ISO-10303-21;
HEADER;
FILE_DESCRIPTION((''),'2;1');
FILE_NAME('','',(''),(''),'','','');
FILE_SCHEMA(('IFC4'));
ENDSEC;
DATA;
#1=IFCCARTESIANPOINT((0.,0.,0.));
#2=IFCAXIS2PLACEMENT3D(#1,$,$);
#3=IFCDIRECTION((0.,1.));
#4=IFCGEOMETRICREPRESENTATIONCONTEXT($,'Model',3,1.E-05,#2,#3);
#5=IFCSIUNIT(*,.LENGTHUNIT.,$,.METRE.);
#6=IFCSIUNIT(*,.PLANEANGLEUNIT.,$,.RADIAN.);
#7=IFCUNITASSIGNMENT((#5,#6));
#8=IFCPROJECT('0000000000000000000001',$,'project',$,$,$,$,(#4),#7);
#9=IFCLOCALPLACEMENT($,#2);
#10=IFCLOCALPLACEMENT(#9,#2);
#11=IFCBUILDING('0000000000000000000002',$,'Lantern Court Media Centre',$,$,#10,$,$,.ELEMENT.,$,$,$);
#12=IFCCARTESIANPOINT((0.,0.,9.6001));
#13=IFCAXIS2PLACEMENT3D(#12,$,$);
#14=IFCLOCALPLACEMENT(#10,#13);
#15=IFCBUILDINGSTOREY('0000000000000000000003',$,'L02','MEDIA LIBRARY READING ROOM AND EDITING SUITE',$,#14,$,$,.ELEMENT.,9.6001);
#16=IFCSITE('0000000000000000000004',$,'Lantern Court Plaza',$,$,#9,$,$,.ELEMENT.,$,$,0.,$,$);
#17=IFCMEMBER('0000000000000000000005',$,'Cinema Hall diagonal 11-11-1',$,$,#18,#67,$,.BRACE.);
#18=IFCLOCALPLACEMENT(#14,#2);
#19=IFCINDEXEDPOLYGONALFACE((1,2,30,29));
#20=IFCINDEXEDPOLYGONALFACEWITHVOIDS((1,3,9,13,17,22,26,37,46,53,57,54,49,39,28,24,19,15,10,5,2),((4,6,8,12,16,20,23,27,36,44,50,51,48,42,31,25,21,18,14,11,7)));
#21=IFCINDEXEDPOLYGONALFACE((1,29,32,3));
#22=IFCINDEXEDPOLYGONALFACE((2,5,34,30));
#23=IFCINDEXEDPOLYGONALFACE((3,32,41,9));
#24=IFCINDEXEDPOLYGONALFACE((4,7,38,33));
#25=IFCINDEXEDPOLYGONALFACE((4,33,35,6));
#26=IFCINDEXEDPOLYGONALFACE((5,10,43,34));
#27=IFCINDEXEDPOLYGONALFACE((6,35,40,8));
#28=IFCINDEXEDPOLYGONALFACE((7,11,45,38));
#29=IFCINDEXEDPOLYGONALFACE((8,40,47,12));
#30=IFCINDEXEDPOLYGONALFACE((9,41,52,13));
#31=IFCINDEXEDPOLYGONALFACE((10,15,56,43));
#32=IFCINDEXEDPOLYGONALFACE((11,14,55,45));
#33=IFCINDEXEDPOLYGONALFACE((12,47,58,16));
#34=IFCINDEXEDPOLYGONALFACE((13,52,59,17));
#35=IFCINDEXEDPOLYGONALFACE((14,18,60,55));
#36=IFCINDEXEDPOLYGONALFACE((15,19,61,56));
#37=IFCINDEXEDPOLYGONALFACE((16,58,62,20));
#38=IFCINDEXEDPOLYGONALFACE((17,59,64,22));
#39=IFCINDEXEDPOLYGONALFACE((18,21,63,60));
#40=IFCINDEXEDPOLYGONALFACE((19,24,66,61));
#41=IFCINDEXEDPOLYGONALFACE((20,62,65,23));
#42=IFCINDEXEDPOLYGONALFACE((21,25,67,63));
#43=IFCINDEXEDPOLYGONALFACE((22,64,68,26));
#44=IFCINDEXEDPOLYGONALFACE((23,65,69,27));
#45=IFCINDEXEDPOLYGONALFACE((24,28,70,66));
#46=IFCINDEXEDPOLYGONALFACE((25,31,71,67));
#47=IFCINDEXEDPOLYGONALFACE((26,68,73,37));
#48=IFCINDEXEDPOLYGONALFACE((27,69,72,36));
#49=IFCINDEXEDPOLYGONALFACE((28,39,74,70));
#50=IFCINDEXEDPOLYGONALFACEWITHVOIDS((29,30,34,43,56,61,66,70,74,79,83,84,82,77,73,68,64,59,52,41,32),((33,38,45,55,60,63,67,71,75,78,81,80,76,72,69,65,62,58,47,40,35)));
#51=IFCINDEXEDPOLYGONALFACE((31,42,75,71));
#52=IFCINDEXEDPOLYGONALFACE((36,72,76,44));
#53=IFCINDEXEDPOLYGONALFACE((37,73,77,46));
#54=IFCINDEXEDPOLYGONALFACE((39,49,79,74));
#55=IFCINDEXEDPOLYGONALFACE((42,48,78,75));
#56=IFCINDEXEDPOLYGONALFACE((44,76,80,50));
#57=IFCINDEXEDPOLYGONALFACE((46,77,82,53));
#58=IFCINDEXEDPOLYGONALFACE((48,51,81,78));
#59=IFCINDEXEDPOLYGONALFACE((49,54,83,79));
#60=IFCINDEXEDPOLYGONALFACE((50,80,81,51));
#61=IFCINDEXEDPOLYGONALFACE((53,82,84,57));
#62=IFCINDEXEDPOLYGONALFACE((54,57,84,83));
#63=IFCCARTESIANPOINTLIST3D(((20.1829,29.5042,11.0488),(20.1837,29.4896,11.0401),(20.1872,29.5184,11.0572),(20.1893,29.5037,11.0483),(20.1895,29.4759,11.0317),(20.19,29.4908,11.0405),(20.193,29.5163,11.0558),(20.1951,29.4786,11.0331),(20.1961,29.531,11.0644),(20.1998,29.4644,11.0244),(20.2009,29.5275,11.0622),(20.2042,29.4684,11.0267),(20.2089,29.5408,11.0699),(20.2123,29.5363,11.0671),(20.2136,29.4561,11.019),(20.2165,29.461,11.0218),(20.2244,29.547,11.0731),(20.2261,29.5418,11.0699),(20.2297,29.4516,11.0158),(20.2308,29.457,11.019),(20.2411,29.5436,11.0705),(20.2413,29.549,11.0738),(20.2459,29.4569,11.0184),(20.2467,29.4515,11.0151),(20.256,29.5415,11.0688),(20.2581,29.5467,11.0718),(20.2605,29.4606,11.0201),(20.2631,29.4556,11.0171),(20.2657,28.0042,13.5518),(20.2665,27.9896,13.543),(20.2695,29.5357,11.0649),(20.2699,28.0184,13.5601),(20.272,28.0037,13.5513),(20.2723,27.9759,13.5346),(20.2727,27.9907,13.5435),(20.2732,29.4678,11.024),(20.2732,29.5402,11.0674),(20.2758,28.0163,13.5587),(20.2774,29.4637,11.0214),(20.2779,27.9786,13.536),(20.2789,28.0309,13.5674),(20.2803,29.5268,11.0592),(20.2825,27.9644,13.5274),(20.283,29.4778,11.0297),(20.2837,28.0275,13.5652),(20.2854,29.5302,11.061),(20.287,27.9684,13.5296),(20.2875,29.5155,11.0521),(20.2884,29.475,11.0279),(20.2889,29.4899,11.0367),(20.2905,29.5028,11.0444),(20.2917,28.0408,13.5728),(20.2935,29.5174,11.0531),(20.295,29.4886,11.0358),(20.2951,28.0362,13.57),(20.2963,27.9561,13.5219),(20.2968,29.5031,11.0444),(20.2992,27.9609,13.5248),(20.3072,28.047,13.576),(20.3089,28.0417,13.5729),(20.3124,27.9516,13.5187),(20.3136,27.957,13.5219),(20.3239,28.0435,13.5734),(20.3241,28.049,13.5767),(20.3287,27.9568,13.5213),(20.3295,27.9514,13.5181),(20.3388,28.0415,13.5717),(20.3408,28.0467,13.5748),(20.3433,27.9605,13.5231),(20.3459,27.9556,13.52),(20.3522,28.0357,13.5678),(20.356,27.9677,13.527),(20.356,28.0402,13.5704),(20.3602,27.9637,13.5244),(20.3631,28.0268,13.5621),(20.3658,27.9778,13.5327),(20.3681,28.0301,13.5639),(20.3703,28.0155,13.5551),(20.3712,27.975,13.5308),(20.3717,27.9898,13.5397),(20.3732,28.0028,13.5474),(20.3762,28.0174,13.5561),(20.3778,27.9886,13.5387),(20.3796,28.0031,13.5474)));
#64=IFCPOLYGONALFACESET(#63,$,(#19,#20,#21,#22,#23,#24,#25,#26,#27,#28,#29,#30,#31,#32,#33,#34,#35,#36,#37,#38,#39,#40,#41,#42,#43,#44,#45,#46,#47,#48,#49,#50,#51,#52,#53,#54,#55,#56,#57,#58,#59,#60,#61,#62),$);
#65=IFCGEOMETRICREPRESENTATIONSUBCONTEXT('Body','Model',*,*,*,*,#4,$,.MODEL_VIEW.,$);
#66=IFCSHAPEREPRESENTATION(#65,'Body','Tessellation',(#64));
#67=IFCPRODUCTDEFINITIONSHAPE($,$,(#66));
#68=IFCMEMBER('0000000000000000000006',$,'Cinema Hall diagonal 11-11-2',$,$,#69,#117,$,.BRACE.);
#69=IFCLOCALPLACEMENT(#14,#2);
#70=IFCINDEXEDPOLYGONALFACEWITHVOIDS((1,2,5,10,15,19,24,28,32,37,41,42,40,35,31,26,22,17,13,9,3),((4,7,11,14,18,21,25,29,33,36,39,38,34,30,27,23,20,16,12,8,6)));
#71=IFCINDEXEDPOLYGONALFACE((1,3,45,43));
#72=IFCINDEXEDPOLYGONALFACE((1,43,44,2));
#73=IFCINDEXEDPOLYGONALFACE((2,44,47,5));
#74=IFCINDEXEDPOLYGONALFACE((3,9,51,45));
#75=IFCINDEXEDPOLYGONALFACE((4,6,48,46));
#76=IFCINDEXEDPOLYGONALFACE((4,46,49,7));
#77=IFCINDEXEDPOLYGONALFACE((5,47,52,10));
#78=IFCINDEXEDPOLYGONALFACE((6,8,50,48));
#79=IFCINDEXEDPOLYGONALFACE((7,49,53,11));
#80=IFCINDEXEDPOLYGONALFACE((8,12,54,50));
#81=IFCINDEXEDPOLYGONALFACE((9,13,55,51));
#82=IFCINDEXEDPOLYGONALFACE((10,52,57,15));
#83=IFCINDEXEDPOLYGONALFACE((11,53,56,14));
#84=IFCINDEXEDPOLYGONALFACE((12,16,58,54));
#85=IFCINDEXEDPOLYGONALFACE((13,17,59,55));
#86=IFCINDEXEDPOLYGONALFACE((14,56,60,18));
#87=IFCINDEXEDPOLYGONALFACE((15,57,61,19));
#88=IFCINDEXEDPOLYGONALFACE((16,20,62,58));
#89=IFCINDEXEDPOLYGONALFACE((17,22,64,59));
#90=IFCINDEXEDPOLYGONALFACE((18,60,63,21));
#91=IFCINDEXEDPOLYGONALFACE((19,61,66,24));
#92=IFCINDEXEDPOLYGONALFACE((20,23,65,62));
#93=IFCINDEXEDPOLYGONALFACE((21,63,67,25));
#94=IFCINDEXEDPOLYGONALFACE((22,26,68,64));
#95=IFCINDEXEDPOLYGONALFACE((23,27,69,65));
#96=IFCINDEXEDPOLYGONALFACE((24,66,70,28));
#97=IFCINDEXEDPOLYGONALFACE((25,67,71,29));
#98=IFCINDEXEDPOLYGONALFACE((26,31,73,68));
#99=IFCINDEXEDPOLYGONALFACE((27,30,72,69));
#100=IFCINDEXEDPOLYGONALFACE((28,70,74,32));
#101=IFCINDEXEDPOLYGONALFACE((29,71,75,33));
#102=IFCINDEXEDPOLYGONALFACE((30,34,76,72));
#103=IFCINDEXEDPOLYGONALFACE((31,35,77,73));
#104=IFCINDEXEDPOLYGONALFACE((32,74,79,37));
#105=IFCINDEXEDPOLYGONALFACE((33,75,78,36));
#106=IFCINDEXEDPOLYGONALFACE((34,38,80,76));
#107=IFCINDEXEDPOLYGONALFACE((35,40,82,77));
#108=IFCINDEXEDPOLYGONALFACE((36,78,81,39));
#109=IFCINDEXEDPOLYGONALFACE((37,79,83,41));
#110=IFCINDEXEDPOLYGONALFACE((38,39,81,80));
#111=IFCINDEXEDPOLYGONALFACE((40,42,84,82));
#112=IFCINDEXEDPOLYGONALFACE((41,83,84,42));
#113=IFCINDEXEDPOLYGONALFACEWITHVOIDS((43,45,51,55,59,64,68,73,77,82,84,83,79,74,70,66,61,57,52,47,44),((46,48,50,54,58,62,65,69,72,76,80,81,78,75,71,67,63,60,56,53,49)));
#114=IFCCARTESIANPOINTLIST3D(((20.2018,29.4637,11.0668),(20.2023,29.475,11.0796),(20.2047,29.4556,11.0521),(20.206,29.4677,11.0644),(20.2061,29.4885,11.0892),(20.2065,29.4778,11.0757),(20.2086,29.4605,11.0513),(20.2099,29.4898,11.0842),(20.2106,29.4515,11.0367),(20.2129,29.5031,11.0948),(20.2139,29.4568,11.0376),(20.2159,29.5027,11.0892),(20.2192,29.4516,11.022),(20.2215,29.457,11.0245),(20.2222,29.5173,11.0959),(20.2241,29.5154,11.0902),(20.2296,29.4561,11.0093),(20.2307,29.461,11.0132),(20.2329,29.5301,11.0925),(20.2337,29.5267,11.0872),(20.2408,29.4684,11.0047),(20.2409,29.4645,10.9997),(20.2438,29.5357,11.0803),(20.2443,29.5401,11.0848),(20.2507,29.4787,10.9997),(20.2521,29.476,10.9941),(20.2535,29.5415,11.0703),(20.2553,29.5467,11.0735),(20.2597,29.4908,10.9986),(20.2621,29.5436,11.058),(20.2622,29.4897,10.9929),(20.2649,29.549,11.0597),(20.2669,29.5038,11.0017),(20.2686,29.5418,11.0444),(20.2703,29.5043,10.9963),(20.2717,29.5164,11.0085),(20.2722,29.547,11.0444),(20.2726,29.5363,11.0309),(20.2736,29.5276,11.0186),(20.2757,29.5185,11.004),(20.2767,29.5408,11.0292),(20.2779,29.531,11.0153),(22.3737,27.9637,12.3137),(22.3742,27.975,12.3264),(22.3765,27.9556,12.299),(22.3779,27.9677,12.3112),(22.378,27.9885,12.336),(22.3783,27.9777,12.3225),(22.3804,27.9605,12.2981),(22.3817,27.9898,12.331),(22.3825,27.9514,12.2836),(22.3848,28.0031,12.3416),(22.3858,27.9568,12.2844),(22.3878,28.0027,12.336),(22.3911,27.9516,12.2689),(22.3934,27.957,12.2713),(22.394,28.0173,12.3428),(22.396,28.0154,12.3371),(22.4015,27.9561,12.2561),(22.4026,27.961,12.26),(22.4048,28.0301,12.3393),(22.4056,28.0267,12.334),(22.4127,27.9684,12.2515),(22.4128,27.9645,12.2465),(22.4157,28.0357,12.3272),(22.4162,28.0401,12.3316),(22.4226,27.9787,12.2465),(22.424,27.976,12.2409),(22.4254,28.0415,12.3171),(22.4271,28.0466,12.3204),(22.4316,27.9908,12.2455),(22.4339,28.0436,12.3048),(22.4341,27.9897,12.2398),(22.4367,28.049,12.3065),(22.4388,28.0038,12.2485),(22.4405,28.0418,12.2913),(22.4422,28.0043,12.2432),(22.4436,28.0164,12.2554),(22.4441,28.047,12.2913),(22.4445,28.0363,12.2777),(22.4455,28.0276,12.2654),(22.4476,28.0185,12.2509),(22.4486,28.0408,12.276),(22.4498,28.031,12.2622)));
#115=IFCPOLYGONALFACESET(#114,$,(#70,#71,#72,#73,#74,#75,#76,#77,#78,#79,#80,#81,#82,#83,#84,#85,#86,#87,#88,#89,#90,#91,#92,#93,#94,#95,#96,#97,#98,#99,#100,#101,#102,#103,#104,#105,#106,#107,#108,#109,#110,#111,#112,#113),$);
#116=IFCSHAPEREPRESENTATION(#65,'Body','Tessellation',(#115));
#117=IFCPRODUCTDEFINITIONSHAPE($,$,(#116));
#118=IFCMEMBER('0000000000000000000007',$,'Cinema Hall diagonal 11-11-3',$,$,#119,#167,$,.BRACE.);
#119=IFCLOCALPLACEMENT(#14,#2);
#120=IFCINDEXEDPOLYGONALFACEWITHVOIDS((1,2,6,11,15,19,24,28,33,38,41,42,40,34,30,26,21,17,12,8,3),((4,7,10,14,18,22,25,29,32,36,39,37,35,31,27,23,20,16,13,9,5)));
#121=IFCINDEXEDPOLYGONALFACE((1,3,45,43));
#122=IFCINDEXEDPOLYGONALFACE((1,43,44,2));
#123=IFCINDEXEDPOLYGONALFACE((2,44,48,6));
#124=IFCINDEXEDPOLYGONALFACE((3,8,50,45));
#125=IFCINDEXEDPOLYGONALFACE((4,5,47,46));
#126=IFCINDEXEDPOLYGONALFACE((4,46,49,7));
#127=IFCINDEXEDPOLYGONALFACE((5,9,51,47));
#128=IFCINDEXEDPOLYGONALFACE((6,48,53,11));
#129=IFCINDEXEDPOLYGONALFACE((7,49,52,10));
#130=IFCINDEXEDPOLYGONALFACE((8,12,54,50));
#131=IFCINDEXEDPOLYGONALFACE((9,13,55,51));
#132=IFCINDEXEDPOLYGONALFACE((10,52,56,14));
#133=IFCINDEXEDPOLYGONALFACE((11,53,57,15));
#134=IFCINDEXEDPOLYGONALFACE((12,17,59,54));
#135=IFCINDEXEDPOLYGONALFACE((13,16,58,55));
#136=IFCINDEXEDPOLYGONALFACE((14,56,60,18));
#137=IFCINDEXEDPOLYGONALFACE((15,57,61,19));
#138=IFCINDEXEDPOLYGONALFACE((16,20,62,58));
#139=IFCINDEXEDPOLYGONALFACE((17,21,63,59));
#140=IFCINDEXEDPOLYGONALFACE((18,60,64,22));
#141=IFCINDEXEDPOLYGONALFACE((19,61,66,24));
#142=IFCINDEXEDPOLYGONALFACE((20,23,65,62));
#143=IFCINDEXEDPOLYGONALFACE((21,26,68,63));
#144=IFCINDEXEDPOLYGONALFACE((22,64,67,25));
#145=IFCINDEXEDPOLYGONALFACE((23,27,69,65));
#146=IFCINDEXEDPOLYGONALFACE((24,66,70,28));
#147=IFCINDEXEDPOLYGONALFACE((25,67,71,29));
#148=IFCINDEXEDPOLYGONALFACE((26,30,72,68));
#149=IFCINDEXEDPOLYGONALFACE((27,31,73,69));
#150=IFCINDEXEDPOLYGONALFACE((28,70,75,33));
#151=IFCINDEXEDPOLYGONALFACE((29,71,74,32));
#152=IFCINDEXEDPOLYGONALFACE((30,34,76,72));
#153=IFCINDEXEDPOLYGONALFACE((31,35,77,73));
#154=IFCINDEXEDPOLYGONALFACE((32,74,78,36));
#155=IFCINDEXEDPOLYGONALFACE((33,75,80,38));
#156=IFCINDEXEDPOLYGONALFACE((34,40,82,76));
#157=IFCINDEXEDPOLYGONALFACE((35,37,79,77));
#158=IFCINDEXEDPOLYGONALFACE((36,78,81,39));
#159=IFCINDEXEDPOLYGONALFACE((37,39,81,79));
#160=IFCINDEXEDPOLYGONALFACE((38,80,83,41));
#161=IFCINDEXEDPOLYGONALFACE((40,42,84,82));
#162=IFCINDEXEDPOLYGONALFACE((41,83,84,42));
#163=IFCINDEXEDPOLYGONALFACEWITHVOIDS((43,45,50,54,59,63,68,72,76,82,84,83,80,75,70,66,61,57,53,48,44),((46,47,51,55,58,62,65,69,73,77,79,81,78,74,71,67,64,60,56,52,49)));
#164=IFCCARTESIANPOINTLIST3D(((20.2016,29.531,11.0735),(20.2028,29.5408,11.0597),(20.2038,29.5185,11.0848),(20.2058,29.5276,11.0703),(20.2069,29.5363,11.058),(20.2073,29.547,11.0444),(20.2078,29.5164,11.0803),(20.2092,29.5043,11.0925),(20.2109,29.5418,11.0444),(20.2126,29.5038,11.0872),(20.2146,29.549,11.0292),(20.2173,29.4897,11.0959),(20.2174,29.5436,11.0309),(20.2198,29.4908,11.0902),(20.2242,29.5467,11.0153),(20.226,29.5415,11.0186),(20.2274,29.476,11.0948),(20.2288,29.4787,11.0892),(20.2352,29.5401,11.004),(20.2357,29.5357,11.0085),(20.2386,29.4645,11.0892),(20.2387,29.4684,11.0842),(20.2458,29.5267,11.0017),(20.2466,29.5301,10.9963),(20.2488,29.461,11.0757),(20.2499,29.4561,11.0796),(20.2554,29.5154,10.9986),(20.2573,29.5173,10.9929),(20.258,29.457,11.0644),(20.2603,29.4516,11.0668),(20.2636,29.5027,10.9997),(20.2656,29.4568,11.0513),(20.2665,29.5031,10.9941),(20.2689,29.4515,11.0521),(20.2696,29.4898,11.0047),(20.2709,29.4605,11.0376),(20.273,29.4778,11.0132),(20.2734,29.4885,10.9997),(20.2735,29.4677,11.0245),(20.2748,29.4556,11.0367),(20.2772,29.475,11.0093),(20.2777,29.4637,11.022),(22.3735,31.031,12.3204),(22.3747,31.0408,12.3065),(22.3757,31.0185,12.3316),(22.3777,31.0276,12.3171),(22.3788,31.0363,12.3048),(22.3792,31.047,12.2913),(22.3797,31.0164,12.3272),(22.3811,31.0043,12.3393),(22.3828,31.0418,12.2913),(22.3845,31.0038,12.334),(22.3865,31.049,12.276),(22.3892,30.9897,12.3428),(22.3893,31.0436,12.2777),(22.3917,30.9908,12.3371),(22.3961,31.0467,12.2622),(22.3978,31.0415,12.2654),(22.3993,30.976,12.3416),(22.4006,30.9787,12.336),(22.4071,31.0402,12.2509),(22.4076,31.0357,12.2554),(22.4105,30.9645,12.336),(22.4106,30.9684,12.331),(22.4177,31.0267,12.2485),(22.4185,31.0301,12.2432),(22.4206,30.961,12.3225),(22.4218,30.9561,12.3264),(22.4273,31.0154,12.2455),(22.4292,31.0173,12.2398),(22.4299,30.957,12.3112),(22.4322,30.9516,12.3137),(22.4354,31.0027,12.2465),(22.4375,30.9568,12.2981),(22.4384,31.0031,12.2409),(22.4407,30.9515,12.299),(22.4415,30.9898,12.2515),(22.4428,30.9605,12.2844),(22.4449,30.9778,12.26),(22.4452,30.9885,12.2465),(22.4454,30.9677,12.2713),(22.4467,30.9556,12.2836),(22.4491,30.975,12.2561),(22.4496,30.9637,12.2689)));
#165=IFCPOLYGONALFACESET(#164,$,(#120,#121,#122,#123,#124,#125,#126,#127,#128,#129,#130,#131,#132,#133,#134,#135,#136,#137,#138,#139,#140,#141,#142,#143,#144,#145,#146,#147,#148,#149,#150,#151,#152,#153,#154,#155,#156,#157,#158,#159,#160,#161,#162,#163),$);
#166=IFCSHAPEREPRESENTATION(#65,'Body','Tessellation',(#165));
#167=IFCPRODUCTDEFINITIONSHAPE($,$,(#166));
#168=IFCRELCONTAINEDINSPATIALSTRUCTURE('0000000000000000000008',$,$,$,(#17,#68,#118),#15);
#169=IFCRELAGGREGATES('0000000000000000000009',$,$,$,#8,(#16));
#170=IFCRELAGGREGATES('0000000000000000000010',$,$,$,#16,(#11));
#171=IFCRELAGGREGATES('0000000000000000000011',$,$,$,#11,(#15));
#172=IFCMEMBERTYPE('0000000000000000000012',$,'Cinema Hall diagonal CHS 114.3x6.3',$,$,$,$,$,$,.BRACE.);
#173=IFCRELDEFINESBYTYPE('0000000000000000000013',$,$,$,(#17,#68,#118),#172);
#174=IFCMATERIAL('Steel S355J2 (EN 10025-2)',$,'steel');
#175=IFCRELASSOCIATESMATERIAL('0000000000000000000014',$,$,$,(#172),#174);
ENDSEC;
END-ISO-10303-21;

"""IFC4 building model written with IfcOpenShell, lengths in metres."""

from ifc_helpers import new_model, si_unit, direction, frame, origin, origin_2d, place, context, subcontext, project, spatial, hollow_circle, extrude, material, material_profile, profile_set, type_object, element, save


model = new_model("IFC4")

# Units and contexts
model_context = context("Model", 3, precision=1e-05, world=origin(), true_north=direction((0.0, 1.0)))
body_context = subcontext(model_context, "Body", "Model", "MODEL_VIEW")
ifc_project = project(units=[si_unit("LENGTHUNIT", "METRE"), si_unit("PLANEANGLEUNIT", "RADIAN")], contexts=[model_context])

# Site, building, storey
site_placement = place(None, origin())
site = spatial("IfcSite", under=ifc_project, at=site_placement, Name="Lantern Court Plaza", CompositionType="ELEMENT", RefElevation=0.0)
building_placement = place(site_placement, origin())
building = spatial("IfcBuilding", under=site, at=building_placement, Name="Lantern Court Media Centre", CompositionType="ELEMENT")
storey_placement = place(building_placement, frame((0.0, 0.0, 9.6001)))
storey = spatial("IfcBuildingStorey", under=building, at=storey_placement, Name="L02", Description="MEDIA LIBRARY READING ROOM AND EDITING SUITE", CompositionType="ELEMENT", Elevation=9.6001)

# Members
ifc_material = material(Name="Steel S355J2 (EN 10025-2)", Category="steel")
ifc_material_profile_1 = material_profile(ifc_material, hollow_circle(Radius=0.0571, WallThickness=0.0063, at=origin_2d()), Name="Cinema Hall diagonal CHS 114.3x6.3")
ifc_profile_set_1 = profile_set([ifc_material_profile_1], Name="Steel S355J2 (EN 10025-2)")
member_type_1 = type_object("IfcMemberType", Name="Cinema Hall diagonal CHS 114.3x6.3", PredefinedType="BRACE", material=ifc_profile_set_1)
for number, where, z_axis, x_axis, name in (
    (1, (20.2397, 29.5, 11.0444), (0.028352, -0.513846, 0.857414), (0.998481, 0.055092, 0.0), "Cinema Hall diagonal 11-11-1"),
    (2, (20.2397, 29.5, 11.0444), (0.744002, -0.513843, 0.427115), (0.568286, 0.822831, 0.0), "Cinema Hall diagonal 11-11-2"),
    (3, (20.2397, 29.5, 11.0444), (0.744002, 0.513843, 0.427115), (-0.568286, 0.822831, 0.0), "Cinema Hall diagonal 11-11-3"),
):
    element("IfcMember", number, at=place(storey_placement, frame(where, z_axis=z_axis, x_axis=x_axis)), inside=storey, type_object=member_type_1, Name=name, PredefinedType="BRACE", context=body_context, shape_type="SweptSolid", body=[
        extrude(hollow_circle(Radius=0.0571, WallThickness=0.0063, at=origin_2d()), origin(), (0.0, 0.0, 1.0), 2.9192),
    ])

save(model, "model.ifc")
